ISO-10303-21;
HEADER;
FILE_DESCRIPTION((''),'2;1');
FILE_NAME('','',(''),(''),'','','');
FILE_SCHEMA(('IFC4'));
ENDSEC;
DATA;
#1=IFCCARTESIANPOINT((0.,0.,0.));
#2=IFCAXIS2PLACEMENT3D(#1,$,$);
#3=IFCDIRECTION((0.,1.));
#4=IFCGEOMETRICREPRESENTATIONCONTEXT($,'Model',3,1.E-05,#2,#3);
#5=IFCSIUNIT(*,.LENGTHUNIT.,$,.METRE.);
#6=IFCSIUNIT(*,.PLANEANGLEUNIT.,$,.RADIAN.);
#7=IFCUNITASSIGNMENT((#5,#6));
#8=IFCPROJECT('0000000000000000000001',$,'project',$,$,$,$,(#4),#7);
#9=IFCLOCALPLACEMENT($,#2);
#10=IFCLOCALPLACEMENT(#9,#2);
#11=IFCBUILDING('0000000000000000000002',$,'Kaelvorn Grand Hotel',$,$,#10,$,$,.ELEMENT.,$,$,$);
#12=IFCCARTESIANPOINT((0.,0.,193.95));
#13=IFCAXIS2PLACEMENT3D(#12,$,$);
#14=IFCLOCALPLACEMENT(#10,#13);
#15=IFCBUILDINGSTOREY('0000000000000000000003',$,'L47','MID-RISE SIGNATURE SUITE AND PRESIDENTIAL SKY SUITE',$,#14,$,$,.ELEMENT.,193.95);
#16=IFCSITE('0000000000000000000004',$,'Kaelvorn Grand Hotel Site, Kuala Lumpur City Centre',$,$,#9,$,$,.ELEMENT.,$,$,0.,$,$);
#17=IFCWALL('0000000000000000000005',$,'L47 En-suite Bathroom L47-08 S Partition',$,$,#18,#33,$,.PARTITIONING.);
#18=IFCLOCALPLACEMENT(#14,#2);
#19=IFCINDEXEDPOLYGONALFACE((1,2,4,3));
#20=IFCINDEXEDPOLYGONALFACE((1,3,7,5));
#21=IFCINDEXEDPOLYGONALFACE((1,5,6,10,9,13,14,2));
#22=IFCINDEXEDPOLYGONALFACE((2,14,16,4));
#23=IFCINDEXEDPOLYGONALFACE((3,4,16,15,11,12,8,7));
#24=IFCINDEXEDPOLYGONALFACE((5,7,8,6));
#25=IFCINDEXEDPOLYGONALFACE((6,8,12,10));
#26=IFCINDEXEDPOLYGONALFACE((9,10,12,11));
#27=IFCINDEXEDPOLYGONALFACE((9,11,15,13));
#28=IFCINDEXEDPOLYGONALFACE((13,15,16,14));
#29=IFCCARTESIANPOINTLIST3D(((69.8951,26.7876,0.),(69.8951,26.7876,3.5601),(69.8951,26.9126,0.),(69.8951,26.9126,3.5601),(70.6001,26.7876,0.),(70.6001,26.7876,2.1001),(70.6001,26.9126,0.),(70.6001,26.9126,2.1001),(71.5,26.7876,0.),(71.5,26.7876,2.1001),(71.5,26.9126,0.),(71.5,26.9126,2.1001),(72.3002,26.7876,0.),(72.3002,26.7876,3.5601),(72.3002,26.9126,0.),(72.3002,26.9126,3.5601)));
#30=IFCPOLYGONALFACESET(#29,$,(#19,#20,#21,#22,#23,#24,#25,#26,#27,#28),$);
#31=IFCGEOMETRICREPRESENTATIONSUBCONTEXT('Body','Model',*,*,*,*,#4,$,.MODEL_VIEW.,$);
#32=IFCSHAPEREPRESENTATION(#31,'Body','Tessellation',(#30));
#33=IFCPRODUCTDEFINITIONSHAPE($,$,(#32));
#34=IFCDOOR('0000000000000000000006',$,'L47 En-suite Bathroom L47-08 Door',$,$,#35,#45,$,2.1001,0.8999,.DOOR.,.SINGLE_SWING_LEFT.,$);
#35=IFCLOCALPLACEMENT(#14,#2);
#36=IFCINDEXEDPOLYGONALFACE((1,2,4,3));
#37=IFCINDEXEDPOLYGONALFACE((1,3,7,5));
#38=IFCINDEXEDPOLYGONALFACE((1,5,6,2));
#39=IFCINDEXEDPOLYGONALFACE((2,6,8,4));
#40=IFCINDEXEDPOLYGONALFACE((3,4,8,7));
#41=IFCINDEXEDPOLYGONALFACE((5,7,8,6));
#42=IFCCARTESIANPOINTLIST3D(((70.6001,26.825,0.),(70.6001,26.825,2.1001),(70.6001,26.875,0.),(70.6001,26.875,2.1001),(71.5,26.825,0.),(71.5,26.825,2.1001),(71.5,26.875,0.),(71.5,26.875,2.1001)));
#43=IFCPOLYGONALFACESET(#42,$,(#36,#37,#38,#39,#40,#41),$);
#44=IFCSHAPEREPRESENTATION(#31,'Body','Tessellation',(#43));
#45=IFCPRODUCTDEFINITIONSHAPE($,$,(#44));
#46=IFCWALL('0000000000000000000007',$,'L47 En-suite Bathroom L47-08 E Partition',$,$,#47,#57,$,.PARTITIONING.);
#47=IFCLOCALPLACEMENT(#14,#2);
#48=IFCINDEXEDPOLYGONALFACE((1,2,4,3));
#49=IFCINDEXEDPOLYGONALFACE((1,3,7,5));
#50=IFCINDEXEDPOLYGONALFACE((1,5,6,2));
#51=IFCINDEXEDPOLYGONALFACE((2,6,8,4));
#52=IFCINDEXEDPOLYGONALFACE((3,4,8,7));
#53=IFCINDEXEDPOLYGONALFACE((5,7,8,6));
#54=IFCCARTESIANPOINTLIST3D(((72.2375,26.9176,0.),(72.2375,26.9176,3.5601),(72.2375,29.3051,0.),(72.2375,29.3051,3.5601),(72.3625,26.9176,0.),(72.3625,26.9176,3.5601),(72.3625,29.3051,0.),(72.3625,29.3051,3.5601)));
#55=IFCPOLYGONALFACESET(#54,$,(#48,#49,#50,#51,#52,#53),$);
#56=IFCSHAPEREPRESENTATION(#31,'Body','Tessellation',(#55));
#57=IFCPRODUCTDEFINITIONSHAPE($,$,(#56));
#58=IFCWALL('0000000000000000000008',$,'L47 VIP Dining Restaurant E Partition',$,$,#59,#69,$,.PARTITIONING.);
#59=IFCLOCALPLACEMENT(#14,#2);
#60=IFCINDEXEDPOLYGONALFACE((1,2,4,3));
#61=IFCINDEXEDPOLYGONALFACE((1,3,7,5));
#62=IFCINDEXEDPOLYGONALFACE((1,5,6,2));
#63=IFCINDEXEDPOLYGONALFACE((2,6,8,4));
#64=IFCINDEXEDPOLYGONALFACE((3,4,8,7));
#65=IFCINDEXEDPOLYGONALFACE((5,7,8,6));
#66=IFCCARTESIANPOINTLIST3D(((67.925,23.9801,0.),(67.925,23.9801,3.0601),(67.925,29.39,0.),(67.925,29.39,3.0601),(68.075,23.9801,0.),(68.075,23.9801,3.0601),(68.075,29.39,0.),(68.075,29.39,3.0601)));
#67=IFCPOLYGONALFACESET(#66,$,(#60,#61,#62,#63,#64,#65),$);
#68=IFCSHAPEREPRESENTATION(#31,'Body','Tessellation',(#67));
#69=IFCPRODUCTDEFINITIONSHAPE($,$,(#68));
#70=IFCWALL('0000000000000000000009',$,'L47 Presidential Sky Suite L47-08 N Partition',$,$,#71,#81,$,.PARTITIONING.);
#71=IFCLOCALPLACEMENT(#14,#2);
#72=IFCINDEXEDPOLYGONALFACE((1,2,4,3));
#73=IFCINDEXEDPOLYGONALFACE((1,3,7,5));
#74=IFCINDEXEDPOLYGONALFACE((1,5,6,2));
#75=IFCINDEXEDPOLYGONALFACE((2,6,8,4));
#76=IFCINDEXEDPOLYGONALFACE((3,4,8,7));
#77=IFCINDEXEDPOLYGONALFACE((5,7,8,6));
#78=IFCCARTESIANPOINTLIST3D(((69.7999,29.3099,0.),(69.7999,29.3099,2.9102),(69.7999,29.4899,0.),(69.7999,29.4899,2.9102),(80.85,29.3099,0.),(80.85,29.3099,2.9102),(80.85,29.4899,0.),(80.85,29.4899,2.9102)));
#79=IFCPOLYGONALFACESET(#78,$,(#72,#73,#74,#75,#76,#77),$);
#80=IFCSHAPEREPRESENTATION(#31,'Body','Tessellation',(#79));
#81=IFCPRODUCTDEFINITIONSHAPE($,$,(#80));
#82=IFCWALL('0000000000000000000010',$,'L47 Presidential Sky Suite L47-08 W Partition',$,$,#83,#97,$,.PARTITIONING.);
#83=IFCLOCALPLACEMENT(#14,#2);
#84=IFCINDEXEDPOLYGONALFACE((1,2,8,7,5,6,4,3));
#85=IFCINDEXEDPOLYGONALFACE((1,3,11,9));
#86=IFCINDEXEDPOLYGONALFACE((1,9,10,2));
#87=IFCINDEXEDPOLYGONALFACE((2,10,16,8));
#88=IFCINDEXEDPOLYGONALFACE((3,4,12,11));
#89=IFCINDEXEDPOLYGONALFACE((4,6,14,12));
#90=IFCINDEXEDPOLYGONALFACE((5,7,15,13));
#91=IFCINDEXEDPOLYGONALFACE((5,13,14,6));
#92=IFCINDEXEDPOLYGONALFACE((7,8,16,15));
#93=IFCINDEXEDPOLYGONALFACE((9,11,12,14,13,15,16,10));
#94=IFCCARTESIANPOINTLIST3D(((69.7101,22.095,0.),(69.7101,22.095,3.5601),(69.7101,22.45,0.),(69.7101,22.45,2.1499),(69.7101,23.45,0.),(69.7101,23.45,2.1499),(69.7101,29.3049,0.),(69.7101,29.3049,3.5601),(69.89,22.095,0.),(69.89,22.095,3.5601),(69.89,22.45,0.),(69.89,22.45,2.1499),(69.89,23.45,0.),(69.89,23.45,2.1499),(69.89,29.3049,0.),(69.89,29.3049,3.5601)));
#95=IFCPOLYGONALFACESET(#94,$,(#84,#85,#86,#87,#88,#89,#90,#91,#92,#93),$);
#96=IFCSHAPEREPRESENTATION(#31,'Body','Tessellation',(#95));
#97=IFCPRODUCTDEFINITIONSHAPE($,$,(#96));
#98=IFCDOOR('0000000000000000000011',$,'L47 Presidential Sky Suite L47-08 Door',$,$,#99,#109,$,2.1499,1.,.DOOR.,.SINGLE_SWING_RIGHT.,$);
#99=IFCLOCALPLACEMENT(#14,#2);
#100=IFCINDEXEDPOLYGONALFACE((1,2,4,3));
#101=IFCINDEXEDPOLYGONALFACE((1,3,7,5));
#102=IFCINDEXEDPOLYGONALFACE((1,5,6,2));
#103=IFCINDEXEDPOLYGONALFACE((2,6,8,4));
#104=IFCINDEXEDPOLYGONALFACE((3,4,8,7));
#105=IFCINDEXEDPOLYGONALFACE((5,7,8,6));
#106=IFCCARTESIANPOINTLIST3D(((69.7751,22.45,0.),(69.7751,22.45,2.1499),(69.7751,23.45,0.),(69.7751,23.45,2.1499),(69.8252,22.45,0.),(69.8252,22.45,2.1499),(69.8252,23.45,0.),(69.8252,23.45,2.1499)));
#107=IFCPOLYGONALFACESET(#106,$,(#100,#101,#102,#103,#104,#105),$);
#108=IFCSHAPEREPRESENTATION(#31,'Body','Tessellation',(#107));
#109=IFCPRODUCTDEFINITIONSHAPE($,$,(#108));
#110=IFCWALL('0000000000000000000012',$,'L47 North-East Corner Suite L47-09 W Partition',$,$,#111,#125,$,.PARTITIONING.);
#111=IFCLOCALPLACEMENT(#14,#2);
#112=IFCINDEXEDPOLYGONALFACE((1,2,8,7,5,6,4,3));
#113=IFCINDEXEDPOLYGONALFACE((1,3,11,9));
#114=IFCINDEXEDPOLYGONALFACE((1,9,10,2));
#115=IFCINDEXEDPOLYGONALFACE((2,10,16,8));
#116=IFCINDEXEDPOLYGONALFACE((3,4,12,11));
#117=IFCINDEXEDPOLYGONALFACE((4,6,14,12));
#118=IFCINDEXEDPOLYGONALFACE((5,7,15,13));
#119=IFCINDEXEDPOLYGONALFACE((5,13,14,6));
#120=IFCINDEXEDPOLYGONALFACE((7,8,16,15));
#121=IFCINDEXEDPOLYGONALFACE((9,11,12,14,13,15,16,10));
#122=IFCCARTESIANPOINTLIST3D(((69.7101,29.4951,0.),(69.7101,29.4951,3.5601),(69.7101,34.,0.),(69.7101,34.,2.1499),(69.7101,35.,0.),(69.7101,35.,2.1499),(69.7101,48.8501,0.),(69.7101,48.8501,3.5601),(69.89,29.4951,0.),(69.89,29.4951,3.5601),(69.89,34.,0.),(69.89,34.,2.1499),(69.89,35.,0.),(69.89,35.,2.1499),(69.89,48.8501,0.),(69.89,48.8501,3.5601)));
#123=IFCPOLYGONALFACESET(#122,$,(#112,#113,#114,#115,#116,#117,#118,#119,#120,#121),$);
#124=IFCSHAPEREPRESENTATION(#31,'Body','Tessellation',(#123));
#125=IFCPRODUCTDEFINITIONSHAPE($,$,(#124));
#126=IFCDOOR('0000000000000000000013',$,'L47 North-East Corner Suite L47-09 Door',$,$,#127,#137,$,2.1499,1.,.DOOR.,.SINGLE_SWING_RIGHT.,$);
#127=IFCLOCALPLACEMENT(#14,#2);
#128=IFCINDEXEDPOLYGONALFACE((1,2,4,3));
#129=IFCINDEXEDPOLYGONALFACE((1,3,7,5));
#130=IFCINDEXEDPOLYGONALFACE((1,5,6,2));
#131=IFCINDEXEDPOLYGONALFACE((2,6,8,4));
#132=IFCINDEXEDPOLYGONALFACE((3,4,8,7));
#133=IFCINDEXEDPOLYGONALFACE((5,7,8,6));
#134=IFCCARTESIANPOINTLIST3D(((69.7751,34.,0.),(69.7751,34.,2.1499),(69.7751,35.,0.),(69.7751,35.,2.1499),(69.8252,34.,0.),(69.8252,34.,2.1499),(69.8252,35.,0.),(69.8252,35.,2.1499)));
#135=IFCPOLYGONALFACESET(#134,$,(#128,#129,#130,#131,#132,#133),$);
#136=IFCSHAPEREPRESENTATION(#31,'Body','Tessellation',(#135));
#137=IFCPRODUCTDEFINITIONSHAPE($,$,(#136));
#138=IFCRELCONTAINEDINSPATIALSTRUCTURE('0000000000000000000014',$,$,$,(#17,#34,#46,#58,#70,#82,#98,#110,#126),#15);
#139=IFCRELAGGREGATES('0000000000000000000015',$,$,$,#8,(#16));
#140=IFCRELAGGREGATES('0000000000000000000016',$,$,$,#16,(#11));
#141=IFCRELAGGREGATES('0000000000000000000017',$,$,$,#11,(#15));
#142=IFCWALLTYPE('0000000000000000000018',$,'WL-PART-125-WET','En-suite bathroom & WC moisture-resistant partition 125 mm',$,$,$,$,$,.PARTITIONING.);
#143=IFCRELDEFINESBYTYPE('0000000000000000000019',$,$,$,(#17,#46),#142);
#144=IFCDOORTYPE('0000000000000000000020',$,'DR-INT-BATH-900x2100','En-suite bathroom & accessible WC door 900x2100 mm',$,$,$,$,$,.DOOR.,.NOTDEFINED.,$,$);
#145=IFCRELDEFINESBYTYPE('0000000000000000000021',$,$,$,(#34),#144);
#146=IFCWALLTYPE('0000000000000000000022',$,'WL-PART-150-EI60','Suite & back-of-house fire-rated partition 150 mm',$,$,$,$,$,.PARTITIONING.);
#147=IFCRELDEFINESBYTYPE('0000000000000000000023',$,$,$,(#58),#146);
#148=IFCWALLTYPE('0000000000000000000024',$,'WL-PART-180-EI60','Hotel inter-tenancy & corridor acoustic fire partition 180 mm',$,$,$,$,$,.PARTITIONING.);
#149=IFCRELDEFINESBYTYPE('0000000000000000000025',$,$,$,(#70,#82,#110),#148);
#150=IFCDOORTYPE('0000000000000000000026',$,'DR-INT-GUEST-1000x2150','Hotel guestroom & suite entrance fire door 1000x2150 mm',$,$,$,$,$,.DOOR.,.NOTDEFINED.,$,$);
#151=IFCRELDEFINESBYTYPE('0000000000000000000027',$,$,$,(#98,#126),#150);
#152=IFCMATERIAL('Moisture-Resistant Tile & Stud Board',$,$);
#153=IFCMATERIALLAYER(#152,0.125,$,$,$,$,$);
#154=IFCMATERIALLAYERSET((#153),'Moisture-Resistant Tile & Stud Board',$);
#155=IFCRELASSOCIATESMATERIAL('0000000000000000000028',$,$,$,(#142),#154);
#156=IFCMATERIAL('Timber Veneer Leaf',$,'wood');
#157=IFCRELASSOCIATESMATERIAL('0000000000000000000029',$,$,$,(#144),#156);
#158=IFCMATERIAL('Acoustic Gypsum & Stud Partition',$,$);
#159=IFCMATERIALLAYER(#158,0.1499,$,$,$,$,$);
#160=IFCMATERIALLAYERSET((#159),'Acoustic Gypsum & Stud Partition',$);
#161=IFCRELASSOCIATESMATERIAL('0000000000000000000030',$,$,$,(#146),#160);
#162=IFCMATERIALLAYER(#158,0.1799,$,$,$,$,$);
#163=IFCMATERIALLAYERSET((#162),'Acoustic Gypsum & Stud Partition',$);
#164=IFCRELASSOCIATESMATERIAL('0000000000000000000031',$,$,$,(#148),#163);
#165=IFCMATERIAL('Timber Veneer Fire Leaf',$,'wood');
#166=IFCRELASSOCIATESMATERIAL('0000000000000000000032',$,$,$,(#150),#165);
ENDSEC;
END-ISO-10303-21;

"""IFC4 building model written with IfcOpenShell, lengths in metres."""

from ifc_helpers import new_model, si_unit, direction, frame, frame_2d, origin, place, context, subcontext, project, spatial, rectangle, extrude, material, layer, layer_set, type_object, element, fill, save


model = new_model("IFC4")

# Units and contexts
model_context = context("Model", 3, precision=1e-05, world=origin(), true_north=direction((0.0, 1.0)))
body_context = subcontext(model_context, "Body", "Model", "MODEL_VIEW")
ifc_project = project(units=[si_unit("LENGTHUNIT", "METRE"), si_unit("PLANEANGLEUNIT", "RADIAN")], contexts=[model_context])

# Site, building, storey
site_placement = place(None, origin())
site = spatial("IfcSite", under=ifc_project, at=site_placement, Name="Kaelvorn Grand Hotel Site, Kuala Lumpur City Centre", CompositionType="ELEMENT", RefElevation=0.0)
building_placement = place(site_placement, origin())
building = spatial("IfcBuilding", under=site, at=building_placement, Name="Kaelvorn Grand Hotel", CompositionType="ELEMENT")
storey_placement = place(building_placement, frame((0.0, 0.0, 193.95)))
storey = spatial("IfcBuildingStorey", under=building, at=storey_placement, Name="L47", Description="MID-RISE SIGNATURE SUITE AND PRESIDENTIAL SKY SUITE", CompositionType="ELEMENT", Elevation=193.95)

# Shared definitions
ifc_material_1 = material(Name="Moisture-Resistant Tile & Stud Board")
ifc_layer_1 = layer(ifc_material_1, 0.125)
ifc_layer_set_1 = layer_set([ifc_layer_1], Name="Moisture-Resistant Tile & Stud Board")
wall_type_1 = type_object("IfcWallType", Name="WL-PART-125-WET", Description="En-suite bathroom & WC moisture-resistant partition 125 mm", PredefinedType="PARTITIONING", material=ifc_layer_set_1)

# Wall, opening, door
wall_1_placement = place(storey_placement, frame((69.895, 26.8501, 0.0), z_axis=(0.0, 0.0, 1.0), x_axis=(1.0, 0.0, 0.0)))
wall_1 = element("IfcWall", 1, at=wall_1_placement, inside=storey, type_object=wall_type_1, Name="L47 En-suite Bathroom L47-08 S Partition", PredefinedType="PARTITIONING", context=body_context, shape_type="SweptSolid", body=[
    extrude(rectangle(XDim=2.405, YDim=0.125, at=frame_2d((1.2026, 0.0))), origin(), (0.0, 0.0, 1.0), 3.5601),
])
opening_1_placement = place(wall_1_placement, frame((0.7051, 0.0, 0.0)))
opening_1 = element("IfcOpeningElement", 2, at=opening_1_placement, cuts=wall_1, PredefinedType="OPENING", context=body_context, shape_type="SweptSolid", body=[
    extrude(rectangle(XDim=0.8999, YDim=2.1001, at=frame_2d((0.45, 1.05))), frame((0.0, 0.0725, 0.0), z_axis=(0.0, -1.0, 0.0), x_axis=(1.0, 0.0, 0.0)), (0.0, 0.0, 1.0), 0.145),
])
ifc_material_2 = material(Name="Timber Veneer Leaf", Category="wood")
door_type_1 = type_object("IfcDoorType", Name="DR-INT-BATH-900x2100", Description="En-suite bathroom & accessible WC door 900x2100 mm", OperationType="NOTDEFINED", PredefinedType="DOOR", material=ifc_material_2)
door_1_placement = place(opening_1_placement, origin())
door_1 = element("IfcDoor", 3, at=door_1_placement, inside=storey, type_object=door_type_1, Name="L47 En-suite Bathroom L47-08 Door", OperationType="SINGLE_SWING_LEFT", OverallHeight=2.1001, OverallWidth=0.8999, PredefinedType="DOOR", context=body_context, shape_type="SweptSolid", body=[
    extrude(rectangle(XDim=0.8999, YDim=2.1001, at=frame_2d((0.45, 1.05))), frame((0.0, 0.0249, 0.0), z_axis=(0.0, -1.0, 0.0), x_axis=(1.0, 0.0, 0.0)), (0.0, 0.0, 1.0), 0.05),
])
fill(opening_1, door_1)

# Walls
wall_2_placement = place(storey_placement, frame((72.3, 26.9175, 0.0), z_axis=(0.0, 0.0, 1.0), x_axis=(0.0, 1.0, 0.0)))
element("IfcWall", 4, at=wall_2_placement, inside=storey, type_object=wall_type_1, Name="L47 En-suite Bathroom L47-08 E Partition", PredefinedType="PARTITIONING", context=body_context, shape_type="SweptSolid", body=[
    extrude(rectangle(XDim=2.3875, YDim=0.125, at=frame_2d((1.1938, 0.0))), origin(), (0.0, 0.0, 1.0), 3.5601),
])
ifc_material_3 = material(Name="Acoustic Gypsum & Stud Partition")
ifc_layer_2 = layer(ifc_material_3, 0.1499)
ifc_layer_set_2 = layer_set([ifc_layer_2], Name="Acoustic Gypsum & Stud Partition")
wall_type_2 = type_object("IfcWallType", Name="WL-PART-150-EI60", Description="Suite & back-of-house fire-rated partition 150 mm", PredefinedType="PARTITIONING", material=ifc_layer_set_2)
wall_3_placement = place(storey_placement, frame((68.0, 23.98, 0.0), z_axis=(0.0, 0.0, 1.0), x_axis=(0.0, 1.0, 0.0)))
element("IfcWall", 5, at=wall_3_placement, inside=storey, type_object=wall_type_2, Name="L47 VIP Dining Restaurant E Partition", PredefinedType="PARTITIONING", context=body_context, shape_type="SweptSolid", body=[
    extrude(rectangle(XDim=5.4099, YDim=0.1499, at=frame_2d((2.7051, 0.0))), origin(), (0.0, 0.0, 1.0), 3.0601),
])
ifc_layer_3 = layer(ifc_material_3, 0.1799)
ifc_layer_set_3 = layer_set([ifc_layer_3], Name="Acoustic Gypsum & Stud Partition")
wall_type_3 = type_object("IfcWallType", Name="WL-PART-180-EI60", Description="Hotel inter-tenancy & corridor acoustic fire partition 180 mm", PredefinedType="PARTITIONING", material=ifc_layer_set_3)
wall_4_placement = place(storey_placement, frame((69.8, 29.3999, 0.0), z_axis=(0.0, 0.0, 1.0), x_axis=(1.0, 0.0, 0.0)))
element("IfcWall", 6, at=wall_4_placement, inside=storey, type_object=wall_type_3, Name="L47 Presidential Sky Suite L47-08 N Partition", PredefinedType="PARTITIONING", context=body_context, shape_type="SweptSolid", body=[
    extrude(rectangle(XDim=11.05, YDim=0.1799, at=frame_2d((5.5249, 0.0))), origin(), (0.0, 0.0, 1.0), 2.9102),
])

# Walls, openings, doors
wall_5_placement = place(storey_placement, frame((69.8, 22.095, 0.0), z_axis=(0.0, 0.0, 1.0), x_axis=(0.0, 1.0, 0.0)))
wall_5 = element("IfcWall", 7, at=wall_5_placement, inside=storey, type_object=wall_type_3, Name="L47 Presidential Sky Suite L47-08 W Partition", PredefinedType="PARTITIONING", context=body_context, shape_type="SweptSolid", body=[
    extrude(rectangle(XDim=7.21, YDim=0.1799, at=frame_2d((3.605, 0.0))), origin(), (0.0, 0.0, 1.0), 3.5601),
])
opening_2_placement = place(wall_5_placement, frame((0.355, 0.0, 0.0)))
opening_2 = element("IfcOpeningElement", 8, at=opening_2_placement, cuts=wall_5, PredefinedType="OPENING", context=body_context, shape_type="SweptSolid", body=[
    extrude(rectangle(XDim=1.0, YDim=2.1499, at=frame_2d((0.5, 1.075))), frame((0.0, 0.1001, 0.0), z_axis=(0.0, -1.0, 0.0), x_axis=(1.0, 0.0, 0.0)), (0.0, 0.0, 1.0), 0.2),
])
ifc_material_4 = material(Name="Timber Veneer Fire Leaf", Category="wood")
door_type_2 = type_object("IfcDoorType", Name="DR-INT-GUEST-1000x2150", Description="Hotel guestroom & suite entrance fire door 1000x2150 mm", OperationType="NOTDEFINED", PredefinedType="DOOR", material=ifc_material_4)
door_2_placement = place(opening_2_placement, origin())
door_2 = element("IfcDoor", 9, at=door_2_placement, inside=storey, type_object=door_type_2, Name="L47 Presidential Sky Suite L47-08 Door", OperationType="SINGLE_SWING_RIGHT", OverallHeight=2.1499, OverallWidth=1.0, PredefinedType="DOOR", context=body_context, shape_type="SweptSolid", body=[
    extrude(rectangle(XDim=1.0, YDim=2.1499, at=frame_2d((0.5, 1.075))), frame((0.0, 0.0249, 0.0), z_axis=(0.0, -1.0, 0.0), x_axis=(1.0, 0.0, 0.0)), (0.0, 0.0, 1.0), 0.05),
])
fill(opening_2, door_2)
wall_6_placement = place(storey_placement, frame((69.8, 29.4951, 0.0), z_axis=(0.0, 0.0, 1.0), x_axis=(0.0, 1.0, 0.0)))
wall_6 = element("IfcWall", 10, at=wall_6_placement, inside=storey, type_object=wall_type_3, Name="L47 North-East Corner Suite L47-09 W Partition", PredefinedType="PARTITIONING", context=body_context, shape_type="SweptSolid", body=[
    extrude(rectangle(XDim=19.355, YDim=0.1799, at=frame_2d((9.6775, 0.0))), origin(), (0.0, 0.0, 1.0), 3.5601),
])
opening_3_placement = place(wall_6_placement, frame((4.5049, 0.0, 0.0)))
opening_3 = element("IfcOpeningElement", 11, at=opening_3_placement, cuts=wall_6, PredefinedType="OPENING", context=body_context, shape_type="SweptSolid", body=[
    extrude(rectangle(XDim=1.0, YDim=2.1499, at=frame_2d((0.5, 1.075))), frame((0.0, 0.1001, 0.0), z_axis=(0.0, -1.0, 0.0), x_axis=(1.0, 0.0, 0.0)), (0.0, 0.0, 1.0), 0.2),
])
door_3_placement = place(opening_3_placement, origin())
door_3 = element("IfcDoor", 12, at=door_3_placement, inside=storey, type_object=door_type_2, Name="L47 North-East Corner Suite L47-09 Door", OperationType="SINGLE_SWING_RIGHT", OverallHeight=2.1499, OverallWidth=1.0, PredefinedType="DOOR", context=body_context, shape_type="SweptSolid", body=[
    extrude(rectangle(XDim=1.0, YDim=2.1499, at=frame_2d((0.5, 1.075))), frame((0.0, 0.0249, 0.0), z_axis=(0.0, -1.0, 0.0), x_axis=(1.0, 0.0, 0.0)), (0.0, 0.0, 1.0), 0.05),
])
fill(opening_3, door_3)

save(model, "model.ifc")
